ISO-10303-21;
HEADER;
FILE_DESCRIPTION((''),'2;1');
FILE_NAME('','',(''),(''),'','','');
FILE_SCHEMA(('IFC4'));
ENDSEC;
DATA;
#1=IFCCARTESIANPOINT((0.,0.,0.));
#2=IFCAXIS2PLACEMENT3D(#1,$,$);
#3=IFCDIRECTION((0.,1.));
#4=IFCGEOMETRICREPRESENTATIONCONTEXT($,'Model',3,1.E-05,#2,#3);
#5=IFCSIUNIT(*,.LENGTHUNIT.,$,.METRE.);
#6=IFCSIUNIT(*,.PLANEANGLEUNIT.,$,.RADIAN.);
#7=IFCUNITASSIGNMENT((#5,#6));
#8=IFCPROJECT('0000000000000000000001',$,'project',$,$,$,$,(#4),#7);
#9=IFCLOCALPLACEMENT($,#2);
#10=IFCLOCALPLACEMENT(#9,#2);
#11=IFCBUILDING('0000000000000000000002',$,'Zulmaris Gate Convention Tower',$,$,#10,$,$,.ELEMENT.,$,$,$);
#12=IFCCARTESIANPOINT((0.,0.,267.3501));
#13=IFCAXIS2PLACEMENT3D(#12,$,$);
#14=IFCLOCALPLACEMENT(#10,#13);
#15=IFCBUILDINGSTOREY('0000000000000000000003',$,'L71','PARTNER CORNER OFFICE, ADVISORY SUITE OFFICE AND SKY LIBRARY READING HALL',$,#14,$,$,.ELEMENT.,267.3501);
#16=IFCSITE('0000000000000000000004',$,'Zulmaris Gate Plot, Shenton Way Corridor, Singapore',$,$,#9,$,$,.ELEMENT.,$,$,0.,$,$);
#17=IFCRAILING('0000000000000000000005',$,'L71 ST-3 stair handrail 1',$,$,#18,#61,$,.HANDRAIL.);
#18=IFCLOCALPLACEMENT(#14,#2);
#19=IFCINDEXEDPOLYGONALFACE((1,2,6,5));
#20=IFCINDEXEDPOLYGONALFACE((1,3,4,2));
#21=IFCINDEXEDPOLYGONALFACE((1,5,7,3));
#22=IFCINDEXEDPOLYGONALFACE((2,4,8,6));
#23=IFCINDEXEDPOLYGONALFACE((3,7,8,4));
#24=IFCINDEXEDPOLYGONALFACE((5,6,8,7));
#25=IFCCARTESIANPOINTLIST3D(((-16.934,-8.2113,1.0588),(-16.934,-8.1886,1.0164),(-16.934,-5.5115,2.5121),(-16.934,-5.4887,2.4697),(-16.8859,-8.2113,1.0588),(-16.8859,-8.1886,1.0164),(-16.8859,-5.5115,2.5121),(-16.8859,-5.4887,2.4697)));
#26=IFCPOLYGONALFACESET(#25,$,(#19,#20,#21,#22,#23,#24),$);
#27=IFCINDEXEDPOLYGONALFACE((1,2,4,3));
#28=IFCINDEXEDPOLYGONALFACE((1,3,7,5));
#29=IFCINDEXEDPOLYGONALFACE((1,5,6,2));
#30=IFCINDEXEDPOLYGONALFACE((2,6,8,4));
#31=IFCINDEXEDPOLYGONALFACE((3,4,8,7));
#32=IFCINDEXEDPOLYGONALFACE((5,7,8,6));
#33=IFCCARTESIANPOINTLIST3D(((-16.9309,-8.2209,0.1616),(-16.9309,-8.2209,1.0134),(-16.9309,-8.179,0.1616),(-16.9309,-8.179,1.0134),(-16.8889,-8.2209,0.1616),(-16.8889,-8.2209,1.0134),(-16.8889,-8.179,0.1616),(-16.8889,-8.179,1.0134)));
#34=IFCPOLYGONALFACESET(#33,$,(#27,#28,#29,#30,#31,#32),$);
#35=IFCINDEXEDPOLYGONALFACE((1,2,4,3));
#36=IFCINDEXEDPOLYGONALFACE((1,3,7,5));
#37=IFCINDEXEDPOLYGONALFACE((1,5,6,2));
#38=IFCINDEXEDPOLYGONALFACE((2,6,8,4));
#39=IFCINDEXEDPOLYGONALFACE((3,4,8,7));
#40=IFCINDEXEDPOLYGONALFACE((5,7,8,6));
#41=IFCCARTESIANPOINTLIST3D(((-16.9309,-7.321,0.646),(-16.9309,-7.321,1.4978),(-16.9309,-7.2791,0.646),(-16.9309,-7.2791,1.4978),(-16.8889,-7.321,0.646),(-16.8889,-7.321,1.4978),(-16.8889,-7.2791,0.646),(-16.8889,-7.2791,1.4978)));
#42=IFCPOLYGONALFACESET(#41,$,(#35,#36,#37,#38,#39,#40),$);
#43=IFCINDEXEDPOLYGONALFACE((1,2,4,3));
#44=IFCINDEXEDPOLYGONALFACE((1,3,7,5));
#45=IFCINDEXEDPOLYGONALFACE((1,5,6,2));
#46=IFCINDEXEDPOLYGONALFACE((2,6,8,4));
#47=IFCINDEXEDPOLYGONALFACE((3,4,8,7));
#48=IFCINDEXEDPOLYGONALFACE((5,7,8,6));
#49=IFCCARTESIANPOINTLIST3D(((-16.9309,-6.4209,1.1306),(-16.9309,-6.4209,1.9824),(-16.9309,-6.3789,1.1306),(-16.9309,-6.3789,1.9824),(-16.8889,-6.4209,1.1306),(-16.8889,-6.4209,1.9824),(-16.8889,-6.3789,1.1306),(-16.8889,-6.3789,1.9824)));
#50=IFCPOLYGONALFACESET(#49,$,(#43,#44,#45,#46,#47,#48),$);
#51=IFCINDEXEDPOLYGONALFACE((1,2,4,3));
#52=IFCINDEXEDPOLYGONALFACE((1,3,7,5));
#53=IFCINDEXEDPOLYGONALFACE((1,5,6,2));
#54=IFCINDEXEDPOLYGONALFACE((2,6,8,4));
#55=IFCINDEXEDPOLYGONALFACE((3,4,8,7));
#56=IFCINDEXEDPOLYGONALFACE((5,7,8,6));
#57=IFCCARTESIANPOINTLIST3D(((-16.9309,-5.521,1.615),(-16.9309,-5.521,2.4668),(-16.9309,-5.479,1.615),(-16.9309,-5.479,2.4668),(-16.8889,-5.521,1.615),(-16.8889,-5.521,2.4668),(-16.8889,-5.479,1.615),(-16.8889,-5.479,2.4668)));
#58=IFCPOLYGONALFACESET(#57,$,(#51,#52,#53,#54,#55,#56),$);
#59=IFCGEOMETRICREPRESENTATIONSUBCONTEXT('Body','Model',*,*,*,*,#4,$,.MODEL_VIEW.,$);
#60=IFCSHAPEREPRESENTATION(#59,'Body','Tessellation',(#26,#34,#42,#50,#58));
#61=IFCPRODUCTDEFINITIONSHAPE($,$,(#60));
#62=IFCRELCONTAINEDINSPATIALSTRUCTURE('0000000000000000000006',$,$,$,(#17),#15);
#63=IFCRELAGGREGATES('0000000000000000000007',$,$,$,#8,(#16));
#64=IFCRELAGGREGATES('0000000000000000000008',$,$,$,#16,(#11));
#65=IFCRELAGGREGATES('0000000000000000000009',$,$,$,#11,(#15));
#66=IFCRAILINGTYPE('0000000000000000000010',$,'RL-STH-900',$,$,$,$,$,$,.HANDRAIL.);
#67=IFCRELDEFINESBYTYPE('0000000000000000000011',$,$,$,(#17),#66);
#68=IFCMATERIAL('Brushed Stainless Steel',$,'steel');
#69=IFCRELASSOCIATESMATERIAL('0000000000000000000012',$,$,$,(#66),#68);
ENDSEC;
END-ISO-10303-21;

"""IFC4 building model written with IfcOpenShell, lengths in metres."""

from ifc_helpers import new_model, si_unit, direction, frame, origin, origin_2d, place, context, subcontext, project, spatial, rectangle, extrude, material, type_object, element, save


model = new_model("IFC4")

# Units and contexts
model_context = context("Model", 3, precision=1e-05, world=origin(), true_north=direction((0.0, 1.0)))
body_context = subcontext(model_context, "Body", "Model", "MODEL_VIEW")
ifc_project = project(units=[si_unit("LENGTHUNIT", "METRE"), si_unit("PLANEANGLEUNIT", "RADIAN")], contexts=[model_context])

# Site, building, storey
site_placement = place(None, origin())
site = spatial("IfcSite", under=ifc_project, at=site_placement, Name="Zulmaris Gate Plot, Shenton Way Corridor, Singapore", CompositionType="ELEMENT", RefElevation=0.0)
building_placement = place(site_placement, origin())
building = spatial("IfcBuilding", under=site, at=building_placement, Name="Zulmaris Gate Convention Tower", CompositionType="ELEMENT")
storey_placement = place(building_placement, frame((0.0, 0.0, 267.3501)))
storey = spatial("IfcBuildingStorey", under=building, at=storey_placement, Name="L71", Description="PARTNER CORNER OFFICE, ADVISORY SUITE OFFICE AND SKY LIBRARY READING HALL", CompositionType="ELEMENT", Elevation=267.3501)

# Shared definitions
ifc_material_1 = material(Name="Brushed Stainless Steel", Category="steel")

# Railing
railing_type_1 = type_object("IfcRailingType", Name="RL-STH-900", PredefinedType="HANDRAIL", material=ifc_material_1)
for number, where, name in (
    (1, (-16.9099, -8.2, 0.1616), "L71 ST-3 stair handrail 1"),
):
    element("IfcRailing", number, at=place(storey_placement, frame(where)), inside=storey, type_object=railing_type_1, Name=name, PredefinedType="HANDRAIL", context=body_context, shape_type="SweptSolid", body=[
        extrude(rectangle(XDim=0.0481, YDim=0.0481, at=origin_2d()), frame((0.0, 0.0, 0.876), z_axis=(0.0, 0.880532, 0.473986), x_axis=(-1.0, 0.0, 0.0)), (0.0, 0.0, 1.0), 3.0662),
        extrude(rectangle(XDim=0.042, YDim=0.042, at=origin_2d()), origin(), (0.0, 0.0, 1.0), 0.8518),
        extrude(rectangle(XDim=0.042, YDim=0.042, at=origin_2d()), frame((0.0, 0.8999, 0.4844)), (0.0, 0.0, 1.0), 0.8518),
        extrude(rectangle(XDim=0.042, YDim=0.042, at=origin_2d()), frame((0.0, 1.8, 0.969)), (0.0, 0.0, 1.0), 0.8518),
        extrude(rectangle(XDim=0.042, YDim=0.042, at=origin_2d()), frame((0.0, 2.7, 1.4534)), (0.0, 0.0, 1.0), 0.8518),
    ])

save(model, "model.ifc")
